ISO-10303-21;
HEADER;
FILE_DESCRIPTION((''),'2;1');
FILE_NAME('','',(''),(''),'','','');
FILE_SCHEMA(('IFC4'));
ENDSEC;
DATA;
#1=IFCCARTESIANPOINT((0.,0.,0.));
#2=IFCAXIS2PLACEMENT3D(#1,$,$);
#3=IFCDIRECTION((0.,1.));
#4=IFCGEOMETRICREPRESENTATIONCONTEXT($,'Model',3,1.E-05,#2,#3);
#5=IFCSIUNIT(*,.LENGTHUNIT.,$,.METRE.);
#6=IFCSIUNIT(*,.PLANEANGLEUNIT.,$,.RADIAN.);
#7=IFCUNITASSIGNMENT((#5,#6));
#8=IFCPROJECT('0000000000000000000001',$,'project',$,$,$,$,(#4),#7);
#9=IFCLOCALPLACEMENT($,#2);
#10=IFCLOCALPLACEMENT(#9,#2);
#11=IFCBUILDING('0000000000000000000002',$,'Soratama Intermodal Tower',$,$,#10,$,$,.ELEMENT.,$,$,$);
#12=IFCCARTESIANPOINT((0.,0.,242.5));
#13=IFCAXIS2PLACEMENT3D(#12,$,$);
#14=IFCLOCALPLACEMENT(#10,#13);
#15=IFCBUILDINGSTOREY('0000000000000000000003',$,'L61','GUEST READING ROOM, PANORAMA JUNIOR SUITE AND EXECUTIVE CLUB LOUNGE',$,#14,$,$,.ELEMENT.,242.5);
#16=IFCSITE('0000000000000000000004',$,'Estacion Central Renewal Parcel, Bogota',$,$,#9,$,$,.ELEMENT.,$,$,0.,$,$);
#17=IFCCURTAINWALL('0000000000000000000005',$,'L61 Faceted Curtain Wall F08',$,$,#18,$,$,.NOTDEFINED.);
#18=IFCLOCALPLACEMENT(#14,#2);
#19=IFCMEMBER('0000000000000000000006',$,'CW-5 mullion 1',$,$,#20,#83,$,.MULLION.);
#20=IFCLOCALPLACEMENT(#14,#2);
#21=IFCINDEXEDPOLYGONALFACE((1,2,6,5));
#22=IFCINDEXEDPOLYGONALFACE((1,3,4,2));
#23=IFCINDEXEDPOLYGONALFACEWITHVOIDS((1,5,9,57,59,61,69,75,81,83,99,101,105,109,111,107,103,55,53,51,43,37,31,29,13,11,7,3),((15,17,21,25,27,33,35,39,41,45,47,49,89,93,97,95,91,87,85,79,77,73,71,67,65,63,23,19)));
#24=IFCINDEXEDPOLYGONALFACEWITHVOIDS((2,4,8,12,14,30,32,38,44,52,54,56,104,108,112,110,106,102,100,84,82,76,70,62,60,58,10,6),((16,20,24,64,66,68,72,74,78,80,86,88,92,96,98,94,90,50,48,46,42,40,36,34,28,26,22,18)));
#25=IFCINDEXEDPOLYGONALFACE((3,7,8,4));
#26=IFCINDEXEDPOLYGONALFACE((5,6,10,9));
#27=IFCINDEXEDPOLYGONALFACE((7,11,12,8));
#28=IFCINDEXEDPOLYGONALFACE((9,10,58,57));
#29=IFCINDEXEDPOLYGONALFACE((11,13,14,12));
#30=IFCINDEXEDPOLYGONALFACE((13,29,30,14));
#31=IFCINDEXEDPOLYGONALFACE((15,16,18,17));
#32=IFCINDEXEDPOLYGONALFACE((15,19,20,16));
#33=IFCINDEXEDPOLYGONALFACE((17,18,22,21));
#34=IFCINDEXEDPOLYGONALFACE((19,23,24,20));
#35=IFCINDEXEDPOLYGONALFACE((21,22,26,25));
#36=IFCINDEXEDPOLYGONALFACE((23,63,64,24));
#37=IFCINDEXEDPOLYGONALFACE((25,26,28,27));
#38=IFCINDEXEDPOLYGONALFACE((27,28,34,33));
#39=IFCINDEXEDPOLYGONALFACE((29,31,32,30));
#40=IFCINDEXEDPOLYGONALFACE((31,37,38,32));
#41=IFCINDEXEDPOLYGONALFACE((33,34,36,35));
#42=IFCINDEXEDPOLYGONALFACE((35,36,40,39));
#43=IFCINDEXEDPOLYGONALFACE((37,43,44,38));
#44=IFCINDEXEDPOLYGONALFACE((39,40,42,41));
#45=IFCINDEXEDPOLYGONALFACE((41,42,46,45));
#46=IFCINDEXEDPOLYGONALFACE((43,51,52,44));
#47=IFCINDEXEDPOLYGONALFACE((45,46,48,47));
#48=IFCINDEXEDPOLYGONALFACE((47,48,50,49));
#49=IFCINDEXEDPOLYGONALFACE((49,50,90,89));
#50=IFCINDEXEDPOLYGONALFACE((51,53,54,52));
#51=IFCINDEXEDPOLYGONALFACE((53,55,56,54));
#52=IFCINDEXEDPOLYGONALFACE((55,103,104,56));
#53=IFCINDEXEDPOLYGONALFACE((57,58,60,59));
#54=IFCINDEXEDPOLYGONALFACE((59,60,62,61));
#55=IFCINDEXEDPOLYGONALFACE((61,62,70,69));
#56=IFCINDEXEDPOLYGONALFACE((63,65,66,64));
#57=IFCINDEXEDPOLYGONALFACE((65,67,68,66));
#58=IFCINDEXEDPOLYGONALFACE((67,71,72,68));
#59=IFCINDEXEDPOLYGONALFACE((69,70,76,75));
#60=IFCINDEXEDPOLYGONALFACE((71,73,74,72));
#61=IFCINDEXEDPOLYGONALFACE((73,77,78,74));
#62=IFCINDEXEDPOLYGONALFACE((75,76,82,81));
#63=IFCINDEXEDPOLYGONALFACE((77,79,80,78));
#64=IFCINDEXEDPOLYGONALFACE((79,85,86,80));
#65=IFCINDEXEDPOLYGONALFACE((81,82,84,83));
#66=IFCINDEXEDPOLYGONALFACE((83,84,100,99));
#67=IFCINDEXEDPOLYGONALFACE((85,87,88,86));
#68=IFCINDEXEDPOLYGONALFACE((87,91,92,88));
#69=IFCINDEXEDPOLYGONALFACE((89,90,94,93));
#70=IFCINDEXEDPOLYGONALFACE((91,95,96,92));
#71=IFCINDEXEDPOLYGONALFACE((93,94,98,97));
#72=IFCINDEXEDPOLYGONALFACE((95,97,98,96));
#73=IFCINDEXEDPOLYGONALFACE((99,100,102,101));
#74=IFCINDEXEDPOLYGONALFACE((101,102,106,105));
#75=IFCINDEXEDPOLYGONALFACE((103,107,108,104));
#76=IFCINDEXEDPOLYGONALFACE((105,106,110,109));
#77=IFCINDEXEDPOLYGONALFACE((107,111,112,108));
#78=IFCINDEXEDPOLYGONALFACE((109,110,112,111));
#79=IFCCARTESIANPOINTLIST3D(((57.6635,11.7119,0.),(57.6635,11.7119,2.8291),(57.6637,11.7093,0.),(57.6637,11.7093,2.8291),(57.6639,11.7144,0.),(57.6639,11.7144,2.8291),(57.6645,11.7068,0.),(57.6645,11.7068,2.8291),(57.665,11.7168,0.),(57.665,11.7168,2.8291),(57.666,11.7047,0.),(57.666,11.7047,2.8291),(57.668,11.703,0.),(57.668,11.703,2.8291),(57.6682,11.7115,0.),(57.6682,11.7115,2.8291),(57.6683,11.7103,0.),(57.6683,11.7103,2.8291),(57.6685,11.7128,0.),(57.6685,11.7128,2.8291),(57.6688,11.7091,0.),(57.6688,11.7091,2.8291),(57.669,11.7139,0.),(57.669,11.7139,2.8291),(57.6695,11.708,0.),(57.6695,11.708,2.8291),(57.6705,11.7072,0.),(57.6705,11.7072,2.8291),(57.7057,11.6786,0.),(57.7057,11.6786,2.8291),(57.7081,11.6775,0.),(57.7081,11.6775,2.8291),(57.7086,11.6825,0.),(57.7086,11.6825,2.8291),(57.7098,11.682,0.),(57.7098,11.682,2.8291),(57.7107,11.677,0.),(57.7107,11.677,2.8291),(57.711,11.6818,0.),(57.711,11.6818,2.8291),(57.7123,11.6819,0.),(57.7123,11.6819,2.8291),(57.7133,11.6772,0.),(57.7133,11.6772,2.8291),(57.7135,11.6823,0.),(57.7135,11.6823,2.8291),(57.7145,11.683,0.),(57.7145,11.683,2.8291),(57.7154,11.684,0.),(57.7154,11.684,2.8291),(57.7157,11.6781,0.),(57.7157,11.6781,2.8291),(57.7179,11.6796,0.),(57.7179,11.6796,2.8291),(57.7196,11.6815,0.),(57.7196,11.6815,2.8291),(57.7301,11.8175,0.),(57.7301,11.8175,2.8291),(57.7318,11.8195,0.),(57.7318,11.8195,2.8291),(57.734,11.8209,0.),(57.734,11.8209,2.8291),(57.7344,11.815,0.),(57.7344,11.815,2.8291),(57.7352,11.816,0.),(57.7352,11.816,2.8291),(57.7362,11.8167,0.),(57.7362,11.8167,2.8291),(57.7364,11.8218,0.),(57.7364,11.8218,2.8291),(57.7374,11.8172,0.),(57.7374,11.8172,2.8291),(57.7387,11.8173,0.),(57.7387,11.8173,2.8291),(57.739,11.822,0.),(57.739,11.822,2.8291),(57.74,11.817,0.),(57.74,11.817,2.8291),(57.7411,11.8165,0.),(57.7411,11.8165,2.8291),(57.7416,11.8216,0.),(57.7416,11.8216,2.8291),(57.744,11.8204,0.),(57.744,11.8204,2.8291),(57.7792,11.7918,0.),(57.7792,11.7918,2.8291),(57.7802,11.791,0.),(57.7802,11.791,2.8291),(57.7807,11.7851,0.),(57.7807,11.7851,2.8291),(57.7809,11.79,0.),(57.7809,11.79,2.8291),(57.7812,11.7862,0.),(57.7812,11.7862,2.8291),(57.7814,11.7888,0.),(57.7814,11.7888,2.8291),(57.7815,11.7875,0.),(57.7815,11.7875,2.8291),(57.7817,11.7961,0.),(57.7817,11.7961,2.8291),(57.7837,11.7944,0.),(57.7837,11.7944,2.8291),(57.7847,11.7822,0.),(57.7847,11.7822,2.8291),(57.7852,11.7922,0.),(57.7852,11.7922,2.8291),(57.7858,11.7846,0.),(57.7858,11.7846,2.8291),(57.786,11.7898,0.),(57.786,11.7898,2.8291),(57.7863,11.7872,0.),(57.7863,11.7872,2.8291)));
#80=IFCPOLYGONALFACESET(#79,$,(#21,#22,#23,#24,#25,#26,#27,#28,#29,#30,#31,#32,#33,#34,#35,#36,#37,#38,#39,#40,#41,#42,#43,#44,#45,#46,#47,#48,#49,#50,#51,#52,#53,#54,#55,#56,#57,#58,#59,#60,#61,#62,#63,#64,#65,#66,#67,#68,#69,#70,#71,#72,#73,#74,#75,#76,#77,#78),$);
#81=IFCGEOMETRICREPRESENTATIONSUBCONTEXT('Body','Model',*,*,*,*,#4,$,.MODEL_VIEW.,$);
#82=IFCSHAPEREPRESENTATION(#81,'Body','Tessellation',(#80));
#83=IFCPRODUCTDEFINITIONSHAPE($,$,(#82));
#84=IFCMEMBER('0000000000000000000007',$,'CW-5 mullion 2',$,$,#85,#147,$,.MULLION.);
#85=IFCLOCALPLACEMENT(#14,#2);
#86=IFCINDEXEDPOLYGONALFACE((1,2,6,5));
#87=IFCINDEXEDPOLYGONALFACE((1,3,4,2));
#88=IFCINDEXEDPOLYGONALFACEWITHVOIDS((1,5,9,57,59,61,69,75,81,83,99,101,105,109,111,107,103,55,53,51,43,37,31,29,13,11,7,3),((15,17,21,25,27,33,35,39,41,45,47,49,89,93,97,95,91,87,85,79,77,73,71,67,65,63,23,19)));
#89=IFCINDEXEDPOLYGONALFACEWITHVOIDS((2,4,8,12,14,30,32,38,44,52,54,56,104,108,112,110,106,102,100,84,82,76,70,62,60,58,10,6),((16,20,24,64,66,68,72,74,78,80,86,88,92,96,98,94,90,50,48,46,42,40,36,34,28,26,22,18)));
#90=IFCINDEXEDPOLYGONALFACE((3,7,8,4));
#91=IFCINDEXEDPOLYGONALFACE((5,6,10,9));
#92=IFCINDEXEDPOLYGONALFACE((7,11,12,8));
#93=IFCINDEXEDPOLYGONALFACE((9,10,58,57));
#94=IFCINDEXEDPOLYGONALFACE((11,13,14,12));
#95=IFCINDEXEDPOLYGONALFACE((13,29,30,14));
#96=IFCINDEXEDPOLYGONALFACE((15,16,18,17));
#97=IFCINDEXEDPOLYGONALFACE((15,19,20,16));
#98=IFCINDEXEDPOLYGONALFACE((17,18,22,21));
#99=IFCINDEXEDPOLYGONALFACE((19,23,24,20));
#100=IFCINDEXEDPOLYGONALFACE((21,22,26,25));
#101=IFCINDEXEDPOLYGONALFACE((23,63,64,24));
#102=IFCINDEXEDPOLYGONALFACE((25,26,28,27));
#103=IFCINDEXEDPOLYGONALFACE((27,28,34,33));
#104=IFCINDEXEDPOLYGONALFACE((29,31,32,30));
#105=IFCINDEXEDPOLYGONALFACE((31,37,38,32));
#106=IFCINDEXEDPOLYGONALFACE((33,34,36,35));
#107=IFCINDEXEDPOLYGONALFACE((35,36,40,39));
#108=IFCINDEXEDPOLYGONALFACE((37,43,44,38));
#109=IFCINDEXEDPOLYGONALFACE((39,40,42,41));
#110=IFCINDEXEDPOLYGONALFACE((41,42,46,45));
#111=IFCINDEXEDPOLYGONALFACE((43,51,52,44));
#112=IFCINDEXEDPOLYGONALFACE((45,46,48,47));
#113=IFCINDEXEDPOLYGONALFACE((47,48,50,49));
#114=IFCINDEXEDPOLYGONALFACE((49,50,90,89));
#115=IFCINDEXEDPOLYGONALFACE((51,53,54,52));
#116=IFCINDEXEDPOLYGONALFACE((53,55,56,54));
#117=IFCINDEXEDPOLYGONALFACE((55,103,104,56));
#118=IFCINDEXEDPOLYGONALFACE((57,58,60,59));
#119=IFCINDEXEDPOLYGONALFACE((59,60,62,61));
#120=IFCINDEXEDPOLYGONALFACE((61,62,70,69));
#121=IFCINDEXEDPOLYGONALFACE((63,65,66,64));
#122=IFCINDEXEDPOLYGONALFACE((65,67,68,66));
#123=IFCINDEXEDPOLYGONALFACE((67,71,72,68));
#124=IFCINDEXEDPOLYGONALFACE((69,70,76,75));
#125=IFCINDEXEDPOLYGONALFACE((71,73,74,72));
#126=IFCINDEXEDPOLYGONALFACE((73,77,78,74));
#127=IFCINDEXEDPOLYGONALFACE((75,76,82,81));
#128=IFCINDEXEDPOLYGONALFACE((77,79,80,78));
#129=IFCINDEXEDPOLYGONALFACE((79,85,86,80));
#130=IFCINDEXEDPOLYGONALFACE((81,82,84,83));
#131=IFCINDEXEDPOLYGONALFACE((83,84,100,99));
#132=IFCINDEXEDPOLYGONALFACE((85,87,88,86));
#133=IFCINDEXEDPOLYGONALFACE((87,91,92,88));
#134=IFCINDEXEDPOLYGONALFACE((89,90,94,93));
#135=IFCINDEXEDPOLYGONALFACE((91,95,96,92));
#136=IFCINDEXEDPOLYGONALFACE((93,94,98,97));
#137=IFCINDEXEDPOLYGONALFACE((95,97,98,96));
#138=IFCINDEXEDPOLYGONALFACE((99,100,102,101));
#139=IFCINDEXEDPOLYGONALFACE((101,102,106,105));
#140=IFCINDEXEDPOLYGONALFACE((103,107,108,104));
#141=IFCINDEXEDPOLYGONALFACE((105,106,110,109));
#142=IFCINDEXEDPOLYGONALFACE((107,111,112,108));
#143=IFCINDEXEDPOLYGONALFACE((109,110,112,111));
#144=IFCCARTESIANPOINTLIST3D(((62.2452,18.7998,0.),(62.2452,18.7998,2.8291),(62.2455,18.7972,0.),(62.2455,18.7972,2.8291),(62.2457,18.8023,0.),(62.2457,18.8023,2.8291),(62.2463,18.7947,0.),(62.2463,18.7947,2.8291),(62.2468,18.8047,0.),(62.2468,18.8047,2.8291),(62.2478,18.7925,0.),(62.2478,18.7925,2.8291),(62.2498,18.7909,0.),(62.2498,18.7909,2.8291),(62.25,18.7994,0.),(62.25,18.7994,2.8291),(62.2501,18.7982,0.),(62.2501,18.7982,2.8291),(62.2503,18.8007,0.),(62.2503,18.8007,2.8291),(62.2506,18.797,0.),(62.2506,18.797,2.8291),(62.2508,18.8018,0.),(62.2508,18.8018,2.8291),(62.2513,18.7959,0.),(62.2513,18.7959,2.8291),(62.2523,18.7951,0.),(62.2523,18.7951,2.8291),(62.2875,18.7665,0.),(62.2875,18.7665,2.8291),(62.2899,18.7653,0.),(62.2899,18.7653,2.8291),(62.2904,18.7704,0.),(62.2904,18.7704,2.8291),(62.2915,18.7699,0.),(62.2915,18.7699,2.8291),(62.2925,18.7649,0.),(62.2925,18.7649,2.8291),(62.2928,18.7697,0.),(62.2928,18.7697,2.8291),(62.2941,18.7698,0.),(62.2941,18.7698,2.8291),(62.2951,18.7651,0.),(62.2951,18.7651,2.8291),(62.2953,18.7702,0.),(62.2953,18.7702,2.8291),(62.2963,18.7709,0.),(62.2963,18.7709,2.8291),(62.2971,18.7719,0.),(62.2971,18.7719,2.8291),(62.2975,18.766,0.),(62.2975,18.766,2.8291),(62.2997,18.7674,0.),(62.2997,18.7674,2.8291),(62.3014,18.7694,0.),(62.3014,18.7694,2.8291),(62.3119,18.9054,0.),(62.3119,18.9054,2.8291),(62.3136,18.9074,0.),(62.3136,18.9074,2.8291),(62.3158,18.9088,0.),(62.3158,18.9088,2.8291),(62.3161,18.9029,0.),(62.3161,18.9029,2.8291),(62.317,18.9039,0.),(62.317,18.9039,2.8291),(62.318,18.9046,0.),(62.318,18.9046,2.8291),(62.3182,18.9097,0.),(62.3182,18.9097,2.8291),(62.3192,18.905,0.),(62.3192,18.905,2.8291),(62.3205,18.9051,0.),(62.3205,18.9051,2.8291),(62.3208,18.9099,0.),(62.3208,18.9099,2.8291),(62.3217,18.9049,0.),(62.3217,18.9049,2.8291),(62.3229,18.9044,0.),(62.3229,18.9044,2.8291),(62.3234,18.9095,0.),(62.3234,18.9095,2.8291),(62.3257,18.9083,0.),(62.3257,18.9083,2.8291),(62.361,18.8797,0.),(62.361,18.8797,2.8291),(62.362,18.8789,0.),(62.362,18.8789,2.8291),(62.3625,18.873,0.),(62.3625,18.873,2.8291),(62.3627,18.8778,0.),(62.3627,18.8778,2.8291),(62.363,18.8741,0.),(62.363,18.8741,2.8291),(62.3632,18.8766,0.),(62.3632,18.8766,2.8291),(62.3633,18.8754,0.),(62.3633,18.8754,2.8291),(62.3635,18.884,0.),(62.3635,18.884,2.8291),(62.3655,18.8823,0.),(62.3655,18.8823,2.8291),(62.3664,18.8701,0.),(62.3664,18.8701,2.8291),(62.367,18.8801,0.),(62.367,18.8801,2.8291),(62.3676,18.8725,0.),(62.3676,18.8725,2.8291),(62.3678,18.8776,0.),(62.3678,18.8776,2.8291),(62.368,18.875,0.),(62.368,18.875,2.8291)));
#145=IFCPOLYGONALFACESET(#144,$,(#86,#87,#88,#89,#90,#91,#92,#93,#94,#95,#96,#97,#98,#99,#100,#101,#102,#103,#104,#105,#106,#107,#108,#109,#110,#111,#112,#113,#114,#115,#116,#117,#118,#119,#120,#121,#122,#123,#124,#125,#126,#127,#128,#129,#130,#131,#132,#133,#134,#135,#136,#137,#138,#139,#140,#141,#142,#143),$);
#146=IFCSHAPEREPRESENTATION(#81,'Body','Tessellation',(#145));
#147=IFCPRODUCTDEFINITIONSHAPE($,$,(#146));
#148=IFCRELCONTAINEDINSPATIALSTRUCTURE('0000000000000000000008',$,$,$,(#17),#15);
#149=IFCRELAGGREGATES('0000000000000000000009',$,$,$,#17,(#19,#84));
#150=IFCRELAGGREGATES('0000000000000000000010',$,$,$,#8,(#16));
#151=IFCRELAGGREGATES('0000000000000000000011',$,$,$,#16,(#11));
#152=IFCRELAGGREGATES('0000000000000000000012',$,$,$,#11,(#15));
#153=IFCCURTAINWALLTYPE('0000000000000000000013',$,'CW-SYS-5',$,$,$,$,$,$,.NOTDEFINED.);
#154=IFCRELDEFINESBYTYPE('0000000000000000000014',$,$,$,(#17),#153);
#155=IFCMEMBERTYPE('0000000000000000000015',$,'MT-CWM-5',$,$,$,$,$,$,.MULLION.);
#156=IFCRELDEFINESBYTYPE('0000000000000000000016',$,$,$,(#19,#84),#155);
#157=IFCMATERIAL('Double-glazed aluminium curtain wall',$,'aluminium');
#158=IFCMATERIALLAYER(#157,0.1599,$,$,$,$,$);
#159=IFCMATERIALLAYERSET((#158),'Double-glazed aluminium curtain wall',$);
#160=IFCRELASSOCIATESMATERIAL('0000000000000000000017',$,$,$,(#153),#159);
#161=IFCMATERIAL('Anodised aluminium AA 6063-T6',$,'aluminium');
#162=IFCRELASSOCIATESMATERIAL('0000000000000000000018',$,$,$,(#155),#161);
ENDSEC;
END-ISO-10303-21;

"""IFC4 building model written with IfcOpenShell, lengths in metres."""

from ifc_helpers import new_model, si_unit, direction, frame, origin, origin_2d, place, context, subcontext, project, spatial, hollow_rectangle, extrude, material, layer, layer_set, material_profile, profile_set, type_object, element, aggregate, save


model = new_model("IFC4")

# Units and contexts
model_context = context("Model", 3, precision=1e-05, world=origin(), true_north=direction((0.0, 1.0)))
body_context = subcontext(model_context, "Body", "Model", "MODEL_VIEW")
ifc_project = project(units=[si_unit("LENGTHUNIT", "METRE"), si_unit("PLANEANGLEUNIT", "RADIAN")], contexts=[model_context])

# Site, building, storey
site_placement = place(None, origin())
site = spatial("IfcSite", under=ifc_project, at=site_placement, Name="Estacion Central Renewal Parcel, Bogota", CompositionType="ELEMENT", RefElevation=0.0)
building_placement = place(site_placement, origin())
building = spatial("IfcBuilding", under=site, at=building_placement, Name="Soratama Intermodal Tower", CompositionType="ELEMENT")
storey_placement = place(building_placement, frame((0.0, 0.0, 242.5)))
storey = spatial("IfcBuildingStorey", under=building, at=storey_placement, Name="L61", Description="GUEST READING ROOM, PANORAMA JUNIOR SUITE AND EXECUTIVE CLUB LOUNGE", CompositionType="ELEMENT", Elevation=242.5)

# Curtain wall, members
ifc_material_1 = material(Name="Double-glazed aluminium curtain wall", Category="aluminium")
ifc_layer_1 = layer(ifc_material_1, 0.1599)
ifc_layer_set_1 = layer_set([ifc_layer_1], Name="Double-glazed aluminium curtain wall")
curtain_wall_type = type_object("IfcCurtainWallType", Name="CW-SYS-5", PredefinedType="NOTDEFINED", material=ifc_layer_set_1)
curtain_wall_placement = place(storey_placement, origin())
curtain_wall = element("IfcCurtainWall", 1, at=curtain_wall_placement, inside=storey, type_object=curtain_wall_type, Name="L61 Faceted Curtain Wall F08", PredefinedType="NOTDEFINED")
ifc_material_2 = material(Name="Anodised aluminium AA 6063-T6", Category="aluminium")
ifc_material_profile_1 = material_profile(ifc_material_2, hollow_rectangle(XDim=0.0649, YDim=0.1399, WallThickness=0.0049, InnerFilletRadius=0.0049, OuterFilletRadius=0.01, at=origin_2d()), Name="CWM140X65X5")
ifc_profile_set_1 = profile_set([ifc_material_profile_1], Name="Anodised aluminium AA 6063-T6")
member_type_1 = type_object("IfcMemberType", Name="MT-CWM-5", PredefinedType="MULLION", material=ifc_profile_set_1)
member_1_placement = place(storey_placement, frame((57.7249, 11.7495, 0.0), z_axis=(0.0, 0.0, 1.0), x_axis=(-0.839812, 0.542878, 0.0)))
member_1 = element("IfcMember", 2, at=member_1_placement, type_object=member_type_1, Name="CW-5 mullion 1", PredefinedType="MULLION", context=body_context, shape_type="SweptSolid", body=[
    extrude(hollow_rectangle(XDim=0.0649, YDim=0.1399, WallThickness=0.0049, InnerFilletRadius=0.0049, OuterFilletRadius=0.01, at=origin_2d()), origin(), (0.0, 0.0, 1.0), 2.8291),
])
member_2_placement = place(storey_placement, frame((62.3066, 18.8374, 0.0), z_axis=(0.0, 0.0, 1.0), x_axis=(-0.839812, 0.542878, 0.0)))
member_2 = element("IfcMember", 3, at=member_2_placement, type_object=member_type_1, Name="CW-5 mullion 2", PredefinedType="MULLION", context=body_context, shape_type="SweptSolid", body=[
    extrude(hollow_rectangle(XDim=0.0649, YDim=0.1399, WallThickness=0.0049, InnerFilletRadius=0.0049, OuterFilletRadius=0.01, at=origin_2d()), origin(), (0.0, 0.0, 1.0), 2.8291),
])
aggregate(curtain_wall, [member_1, member_2])

save(model, "model.ifc")
